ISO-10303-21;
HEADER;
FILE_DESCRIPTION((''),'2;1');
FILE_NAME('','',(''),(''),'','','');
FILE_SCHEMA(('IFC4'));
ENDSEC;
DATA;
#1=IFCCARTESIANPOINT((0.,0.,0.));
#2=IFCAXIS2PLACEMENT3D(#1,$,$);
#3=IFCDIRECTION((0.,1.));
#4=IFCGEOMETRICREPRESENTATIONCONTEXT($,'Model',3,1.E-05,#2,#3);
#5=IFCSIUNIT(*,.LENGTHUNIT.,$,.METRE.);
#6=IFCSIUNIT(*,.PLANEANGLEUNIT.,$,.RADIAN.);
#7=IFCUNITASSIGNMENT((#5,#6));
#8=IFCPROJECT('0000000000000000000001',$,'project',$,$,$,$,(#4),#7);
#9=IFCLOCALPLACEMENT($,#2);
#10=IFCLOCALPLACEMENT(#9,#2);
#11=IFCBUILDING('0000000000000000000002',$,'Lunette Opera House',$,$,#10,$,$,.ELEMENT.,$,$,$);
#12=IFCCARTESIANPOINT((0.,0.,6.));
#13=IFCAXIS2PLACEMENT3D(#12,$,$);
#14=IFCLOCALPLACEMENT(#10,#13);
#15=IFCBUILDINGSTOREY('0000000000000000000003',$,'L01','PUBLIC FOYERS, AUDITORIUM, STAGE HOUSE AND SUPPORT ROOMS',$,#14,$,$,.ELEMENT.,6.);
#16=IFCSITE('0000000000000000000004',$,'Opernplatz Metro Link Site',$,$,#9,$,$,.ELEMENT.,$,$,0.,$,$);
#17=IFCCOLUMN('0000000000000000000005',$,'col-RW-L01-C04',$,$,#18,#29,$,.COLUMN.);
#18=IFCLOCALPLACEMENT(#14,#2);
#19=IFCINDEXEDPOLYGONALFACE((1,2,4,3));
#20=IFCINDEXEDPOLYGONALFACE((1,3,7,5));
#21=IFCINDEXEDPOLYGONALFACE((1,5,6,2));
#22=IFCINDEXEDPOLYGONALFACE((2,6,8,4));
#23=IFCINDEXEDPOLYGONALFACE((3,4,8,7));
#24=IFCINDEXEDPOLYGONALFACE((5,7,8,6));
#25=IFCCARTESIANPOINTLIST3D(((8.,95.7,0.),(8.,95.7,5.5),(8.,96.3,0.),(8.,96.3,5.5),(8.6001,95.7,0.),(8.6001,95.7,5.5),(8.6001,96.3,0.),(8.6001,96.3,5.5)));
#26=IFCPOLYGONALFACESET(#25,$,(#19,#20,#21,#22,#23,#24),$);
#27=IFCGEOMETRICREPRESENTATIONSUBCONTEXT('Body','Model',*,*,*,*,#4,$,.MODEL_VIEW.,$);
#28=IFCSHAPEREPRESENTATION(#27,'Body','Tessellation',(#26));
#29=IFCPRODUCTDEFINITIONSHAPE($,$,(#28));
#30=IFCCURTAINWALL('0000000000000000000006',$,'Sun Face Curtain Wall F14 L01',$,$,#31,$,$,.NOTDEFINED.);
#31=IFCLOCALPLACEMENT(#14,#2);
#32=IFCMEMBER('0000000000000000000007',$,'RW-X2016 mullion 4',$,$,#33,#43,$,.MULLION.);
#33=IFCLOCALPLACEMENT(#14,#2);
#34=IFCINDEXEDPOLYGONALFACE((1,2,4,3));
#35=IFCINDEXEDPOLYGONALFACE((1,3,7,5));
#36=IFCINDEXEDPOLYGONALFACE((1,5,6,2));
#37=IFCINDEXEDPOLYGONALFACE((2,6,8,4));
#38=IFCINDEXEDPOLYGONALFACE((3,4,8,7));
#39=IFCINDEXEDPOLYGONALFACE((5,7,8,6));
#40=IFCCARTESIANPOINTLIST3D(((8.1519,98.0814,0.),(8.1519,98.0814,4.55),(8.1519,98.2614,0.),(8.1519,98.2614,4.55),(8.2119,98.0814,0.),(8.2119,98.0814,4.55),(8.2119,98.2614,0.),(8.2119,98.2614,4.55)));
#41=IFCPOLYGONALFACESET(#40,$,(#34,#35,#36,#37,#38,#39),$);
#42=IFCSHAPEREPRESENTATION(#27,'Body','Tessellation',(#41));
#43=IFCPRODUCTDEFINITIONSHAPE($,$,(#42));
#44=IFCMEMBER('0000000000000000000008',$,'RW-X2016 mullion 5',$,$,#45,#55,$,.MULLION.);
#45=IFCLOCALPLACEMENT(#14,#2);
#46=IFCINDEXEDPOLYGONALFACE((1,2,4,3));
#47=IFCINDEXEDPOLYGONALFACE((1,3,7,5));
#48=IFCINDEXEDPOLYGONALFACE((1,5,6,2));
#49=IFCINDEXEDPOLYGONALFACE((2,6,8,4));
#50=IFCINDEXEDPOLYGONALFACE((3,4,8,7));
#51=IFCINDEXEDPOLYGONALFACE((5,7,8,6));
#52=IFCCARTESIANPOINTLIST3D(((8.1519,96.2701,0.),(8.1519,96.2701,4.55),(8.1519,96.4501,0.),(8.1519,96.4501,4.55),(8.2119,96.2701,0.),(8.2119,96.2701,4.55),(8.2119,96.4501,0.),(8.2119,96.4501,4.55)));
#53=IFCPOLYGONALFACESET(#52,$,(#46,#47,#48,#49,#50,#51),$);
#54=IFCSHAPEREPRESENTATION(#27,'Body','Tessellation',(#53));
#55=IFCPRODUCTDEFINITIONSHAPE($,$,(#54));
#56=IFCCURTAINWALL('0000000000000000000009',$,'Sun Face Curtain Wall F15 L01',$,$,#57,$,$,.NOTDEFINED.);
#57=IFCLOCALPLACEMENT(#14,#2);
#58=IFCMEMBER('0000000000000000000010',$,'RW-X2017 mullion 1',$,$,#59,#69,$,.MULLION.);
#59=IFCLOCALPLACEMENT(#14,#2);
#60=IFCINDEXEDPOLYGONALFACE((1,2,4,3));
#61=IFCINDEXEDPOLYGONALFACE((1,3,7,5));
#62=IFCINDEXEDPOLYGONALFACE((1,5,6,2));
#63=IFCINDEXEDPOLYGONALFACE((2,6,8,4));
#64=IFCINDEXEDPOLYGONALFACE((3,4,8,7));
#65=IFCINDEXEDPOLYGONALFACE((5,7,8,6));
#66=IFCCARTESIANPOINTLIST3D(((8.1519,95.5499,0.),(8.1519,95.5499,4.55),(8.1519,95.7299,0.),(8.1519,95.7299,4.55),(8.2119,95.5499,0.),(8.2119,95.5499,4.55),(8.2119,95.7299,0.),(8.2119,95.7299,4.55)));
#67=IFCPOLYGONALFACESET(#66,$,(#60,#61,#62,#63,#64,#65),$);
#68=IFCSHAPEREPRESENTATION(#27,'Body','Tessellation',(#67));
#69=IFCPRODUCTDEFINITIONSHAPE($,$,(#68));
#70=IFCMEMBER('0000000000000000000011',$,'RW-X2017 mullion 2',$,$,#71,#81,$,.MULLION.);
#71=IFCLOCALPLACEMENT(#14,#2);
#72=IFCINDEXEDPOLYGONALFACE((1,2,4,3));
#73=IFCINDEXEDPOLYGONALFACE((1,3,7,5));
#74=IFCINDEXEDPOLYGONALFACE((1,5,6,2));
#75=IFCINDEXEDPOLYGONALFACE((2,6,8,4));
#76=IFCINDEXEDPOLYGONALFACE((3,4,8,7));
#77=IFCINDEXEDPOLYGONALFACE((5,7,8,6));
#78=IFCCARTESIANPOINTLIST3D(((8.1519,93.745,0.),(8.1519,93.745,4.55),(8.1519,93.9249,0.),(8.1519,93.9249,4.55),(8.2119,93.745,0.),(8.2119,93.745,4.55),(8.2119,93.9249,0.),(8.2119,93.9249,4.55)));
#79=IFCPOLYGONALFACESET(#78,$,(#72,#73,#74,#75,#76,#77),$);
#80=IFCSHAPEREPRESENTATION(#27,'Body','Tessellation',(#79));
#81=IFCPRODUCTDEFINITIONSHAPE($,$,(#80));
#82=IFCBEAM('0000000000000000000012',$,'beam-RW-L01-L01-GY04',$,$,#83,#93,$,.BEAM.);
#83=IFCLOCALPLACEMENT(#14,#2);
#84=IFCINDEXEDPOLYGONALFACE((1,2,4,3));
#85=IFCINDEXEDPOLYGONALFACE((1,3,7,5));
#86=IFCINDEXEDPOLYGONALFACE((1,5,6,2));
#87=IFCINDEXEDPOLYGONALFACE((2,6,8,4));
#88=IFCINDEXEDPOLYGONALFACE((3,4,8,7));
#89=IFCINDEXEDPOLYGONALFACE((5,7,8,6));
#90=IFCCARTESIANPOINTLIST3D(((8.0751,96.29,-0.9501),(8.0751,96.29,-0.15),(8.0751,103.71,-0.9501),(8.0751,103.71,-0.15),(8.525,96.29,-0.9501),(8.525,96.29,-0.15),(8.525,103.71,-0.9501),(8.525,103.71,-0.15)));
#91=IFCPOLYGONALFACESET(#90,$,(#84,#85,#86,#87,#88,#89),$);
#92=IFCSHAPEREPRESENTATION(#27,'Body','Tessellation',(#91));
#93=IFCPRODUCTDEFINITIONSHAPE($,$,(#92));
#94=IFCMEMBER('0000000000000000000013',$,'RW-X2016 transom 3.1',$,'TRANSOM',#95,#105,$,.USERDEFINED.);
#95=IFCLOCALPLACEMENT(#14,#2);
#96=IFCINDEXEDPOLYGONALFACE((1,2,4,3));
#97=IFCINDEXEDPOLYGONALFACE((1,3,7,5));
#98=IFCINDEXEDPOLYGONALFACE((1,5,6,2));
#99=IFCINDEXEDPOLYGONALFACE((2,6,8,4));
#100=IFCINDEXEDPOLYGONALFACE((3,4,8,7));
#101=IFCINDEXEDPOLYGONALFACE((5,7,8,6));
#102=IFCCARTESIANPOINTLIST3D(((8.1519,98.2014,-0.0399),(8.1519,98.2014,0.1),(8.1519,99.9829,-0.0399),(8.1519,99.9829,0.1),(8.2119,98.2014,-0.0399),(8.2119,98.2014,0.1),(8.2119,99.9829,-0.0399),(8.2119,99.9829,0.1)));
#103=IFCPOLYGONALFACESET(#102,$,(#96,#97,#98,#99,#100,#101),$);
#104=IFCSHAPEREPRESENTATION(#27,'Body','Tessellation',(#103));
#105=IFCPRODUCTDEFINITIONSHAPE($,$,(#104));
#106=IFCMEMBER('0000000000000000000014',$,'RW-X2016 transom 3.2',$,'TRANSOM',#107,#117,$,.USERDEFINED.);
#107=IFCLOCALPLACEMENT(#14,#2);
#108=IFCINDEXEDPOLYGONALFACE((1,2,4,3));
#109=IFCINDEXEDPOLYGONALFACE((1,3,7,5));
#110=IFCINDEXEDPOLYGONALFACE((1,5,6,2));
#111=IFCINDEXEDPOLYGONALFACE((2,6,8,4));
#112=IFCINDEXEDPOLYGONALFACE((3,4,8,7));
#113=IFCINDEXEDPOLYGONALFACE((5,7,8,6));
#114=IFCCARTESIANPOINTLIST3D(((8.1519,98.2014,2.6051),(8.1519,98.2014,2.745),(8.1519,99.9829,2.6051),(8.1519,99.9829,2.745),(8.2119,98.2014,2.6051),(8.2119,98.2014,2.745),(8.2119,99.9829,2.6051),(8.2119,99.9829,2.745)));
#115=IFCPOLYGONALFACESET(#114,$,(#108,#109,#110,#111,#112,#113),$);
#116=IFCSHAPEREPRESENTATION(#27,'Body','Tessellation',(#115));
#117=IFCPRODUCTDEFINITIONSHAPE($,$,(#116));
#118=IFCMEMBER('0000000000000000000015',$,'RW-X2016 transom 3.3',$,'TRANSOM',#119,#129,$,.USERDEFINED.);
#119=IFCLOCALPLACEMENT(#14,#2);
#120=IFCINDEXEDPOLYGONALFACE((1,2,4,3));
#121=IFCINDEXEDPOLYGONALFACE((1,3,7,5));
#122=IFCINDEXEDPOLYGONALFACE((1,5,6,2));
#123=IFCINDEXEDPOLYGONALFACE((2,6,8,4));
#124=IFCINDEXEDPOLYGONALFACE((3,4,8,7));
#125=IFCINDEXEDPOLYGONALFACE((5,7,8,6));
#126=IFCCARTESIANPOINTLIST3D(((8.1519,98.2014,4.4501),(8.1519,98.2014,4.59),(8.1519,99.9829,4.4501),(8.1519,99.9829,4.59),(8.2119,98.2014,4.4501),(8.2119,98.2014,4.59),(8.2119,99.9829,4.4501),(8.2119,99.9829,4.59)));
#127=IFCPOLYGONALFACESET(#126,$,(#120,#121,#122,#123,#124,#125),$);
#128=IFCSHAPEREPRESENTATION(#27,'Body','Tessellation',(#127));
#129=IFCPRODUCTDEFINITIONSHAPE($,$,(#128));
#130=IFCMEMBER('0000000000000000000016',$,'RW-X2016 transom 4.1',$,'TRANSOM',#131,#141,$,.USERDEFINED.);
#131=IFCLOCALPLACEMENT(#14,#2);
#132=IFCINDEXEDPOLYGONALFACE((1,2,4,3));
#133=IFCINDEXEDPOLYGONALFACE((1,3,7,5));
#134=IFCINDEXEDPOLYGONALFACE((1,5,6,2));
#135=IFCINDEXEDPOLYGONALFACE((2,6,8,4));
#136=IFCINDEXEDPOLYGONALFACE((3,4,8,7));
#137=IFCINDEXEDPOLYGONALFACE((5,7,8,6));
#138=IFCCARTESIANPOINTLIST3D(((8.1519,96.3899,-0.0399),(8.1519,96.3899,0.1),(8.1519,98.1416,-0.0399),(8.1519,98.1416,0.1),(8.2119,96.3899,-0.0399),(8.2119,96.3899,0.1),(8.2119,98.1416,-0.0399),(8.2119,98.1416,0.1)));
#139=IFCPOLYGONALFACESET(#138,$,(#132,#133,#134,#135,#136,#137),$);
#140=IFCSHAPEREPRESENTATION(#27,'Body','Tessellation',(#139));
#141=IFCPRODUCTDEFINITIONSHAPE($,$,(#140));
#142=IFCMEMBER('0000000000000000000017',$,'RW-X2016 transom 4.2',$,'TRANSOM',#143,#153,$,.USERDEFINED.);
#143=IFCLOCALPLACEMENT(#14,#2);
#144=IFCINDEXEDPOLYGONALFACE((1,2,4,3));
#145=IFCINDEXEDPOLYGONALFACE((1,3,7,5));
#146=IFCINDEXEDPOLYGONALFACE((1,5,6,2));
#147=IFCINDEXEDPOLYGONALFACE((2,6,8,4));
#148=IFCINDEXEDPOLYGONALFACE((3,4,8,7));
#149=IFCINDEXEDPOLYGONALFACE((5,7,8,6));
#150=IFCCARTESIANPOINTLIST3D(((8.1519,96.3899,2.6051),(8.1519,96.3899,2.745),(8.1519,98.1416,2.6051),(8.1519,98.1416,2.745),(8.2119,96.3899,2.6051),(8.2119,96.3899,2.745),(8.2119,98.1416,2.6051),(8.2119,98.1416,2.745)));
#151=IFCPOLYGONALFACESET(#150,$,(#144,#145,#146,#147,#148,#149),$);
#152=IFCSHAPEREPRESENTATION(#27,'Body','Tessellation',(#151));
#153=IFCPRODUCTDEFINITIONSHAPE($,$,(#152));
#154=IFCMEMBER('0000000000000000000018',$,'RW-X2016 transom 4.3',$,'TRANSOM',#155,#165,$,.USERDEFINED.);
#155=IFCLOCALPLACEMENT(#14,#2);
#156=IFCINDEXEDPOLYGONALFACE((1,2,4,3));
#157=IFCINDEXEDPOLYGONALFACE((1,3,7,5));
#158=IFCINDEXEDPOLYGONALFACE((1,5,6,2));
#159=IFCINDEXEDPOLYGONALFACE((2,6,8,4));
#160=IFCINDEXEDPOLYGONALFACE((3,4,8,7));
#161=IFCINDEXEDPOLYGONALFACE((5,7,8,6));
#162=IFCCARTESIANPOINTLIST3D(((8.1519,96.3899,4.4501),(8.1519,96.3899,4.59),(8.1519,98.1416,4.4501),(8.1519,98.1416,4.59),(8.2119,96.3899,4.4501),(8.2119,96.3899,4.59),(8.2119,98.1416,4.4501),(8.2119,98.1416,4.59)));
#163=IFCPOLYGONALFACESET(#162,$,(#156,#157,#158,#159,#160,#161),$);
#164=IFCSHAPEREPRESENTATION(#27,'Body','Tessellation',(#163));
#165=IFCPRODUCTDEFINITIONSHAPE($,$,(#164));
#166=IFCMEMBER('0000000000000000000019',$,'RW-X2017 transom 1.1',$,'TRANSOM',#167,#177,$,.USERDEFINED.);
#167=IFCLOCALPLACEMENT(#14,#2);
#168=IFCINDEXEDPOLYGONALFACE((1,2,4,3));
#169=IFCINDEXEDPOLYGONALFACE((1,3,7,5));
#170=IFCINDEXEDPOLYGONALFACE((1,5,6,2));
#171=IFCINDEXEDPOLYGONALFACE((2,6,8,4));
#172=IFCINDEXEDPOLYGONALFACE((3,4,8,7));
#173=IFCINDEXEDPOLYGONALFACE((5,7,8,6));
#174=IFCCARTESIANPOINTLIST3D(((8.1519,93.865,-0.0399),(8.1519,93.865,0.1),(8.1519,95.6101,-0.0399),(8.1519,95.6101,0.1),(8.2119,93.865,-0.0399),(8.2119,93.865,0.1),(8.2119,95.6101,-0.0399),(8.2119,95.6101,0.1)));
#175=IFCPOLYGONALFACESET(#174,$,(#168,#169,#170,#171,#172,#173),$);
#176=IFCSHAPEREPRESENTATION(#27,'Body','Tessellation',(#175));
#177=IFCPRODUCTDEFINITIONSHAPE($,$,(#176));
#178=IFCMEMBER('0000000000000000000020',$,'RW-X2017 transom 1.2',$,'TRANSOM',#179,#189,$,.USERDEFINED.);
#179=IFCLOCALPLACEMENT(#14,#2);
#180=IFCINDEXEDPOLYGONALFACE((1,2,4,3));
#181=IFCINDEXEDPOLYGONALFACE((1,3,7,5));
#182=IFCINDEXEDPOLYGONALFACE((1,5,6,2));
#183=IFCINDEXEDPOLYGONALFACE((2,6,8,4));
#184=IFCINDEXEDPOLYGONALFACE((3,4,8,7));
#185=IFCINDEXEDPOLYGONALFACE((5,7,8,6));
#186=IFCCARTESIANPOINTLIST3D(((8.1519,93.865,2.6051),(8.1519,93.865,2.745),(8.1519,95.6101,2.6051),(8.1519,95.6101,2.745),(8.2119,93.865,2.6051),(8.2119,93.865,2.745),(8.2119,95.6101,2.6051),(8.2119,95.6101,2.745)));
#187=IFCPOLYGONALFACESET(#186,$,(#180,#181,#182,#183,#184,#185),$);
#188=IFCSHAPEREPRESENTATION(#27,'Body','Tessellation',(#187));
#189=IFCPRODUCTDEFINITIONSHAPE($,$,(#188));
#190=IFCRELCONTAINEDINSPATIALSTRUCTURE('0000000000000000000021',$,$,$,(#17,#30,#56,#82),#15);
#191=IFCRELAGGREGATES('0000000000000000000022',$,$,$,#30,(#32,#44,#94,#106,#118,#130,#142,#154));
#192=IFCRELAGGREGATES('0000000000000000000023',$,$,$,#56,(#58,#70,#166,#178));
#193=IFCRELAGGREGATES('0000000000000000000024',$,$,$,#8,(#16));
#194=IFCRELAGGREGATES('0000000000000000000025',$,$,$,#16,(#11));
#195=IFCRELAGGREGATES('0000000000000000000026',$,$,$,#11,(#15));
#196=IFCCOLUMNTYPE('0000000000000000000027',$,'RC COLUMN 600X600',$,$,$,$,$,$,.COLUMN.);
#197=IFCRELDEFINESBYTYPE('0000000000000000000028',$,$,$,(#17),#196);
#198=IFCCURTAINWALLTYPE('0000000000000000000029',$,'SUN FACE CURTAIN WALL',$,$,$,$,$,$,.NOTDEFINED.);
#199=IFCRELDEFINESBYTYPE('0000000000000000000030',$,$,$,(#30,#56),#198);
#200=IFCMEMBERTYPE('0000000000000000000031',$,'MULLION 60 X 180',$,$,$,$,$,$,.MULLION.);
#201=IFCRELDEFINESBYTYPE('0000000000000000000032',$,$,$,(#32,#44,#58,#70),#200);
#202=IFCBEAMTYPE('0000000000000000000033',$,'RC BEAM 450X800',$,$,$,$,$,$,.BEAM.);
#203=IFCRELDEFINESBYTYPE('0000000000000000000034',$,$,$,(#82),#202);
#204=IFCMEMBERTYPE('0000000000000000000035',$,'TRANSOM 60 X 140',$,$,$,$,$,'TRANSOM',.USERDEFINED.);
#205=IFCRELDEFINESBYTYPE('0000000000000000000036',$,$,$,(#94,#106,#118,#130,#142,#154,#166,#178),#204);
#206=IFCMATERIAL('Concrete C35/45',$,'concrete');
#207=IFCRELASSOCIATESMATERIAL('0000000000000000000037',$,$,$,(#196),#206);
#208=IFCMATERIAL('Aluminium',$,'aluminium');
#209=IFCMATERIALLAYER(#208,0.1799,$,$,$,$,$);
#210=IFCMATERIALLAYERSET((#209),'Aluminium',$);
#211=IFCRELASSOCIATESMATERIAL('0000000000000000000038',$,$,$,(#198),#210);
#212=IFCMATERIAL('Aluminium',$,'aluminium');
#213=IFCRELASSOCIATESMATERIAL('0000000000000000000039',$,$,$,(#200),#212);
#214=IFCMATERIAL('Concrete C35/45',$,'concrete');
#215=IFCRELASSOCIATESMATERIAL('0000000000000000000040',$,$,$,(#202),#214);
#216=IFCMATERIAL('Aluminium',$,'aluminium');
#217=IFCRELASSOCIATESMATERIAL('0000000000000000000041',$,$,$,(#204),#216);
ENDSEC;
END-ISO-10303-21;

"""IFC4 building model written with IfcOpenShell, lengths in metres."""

from ifc_helpers import new_model, si_unit, direction, frame, origin, origin_2d, place, context, subcontext, project, spatial, rectangle, extrude, material, layer, layer_set, material_profile, profile_set, type_object, element, aggregate, save


model = new_model("IFC4")

# Units and contexts
model_context = context("Model", 3, precision=1e-05, world=origin(), true_north=direction((0.0, 1.0)))
body_context = subcontext(model_context, "Body", "Model", "MODEL_VIEW")
ifc_project = project(units=[si_unit("LENGTHUNIT", "METRE"), si_unit("PLANEANGLEUNIT", "RADIAN")], contexts=[model_context])

# Site, building, storey
site_placement = place(None, origin())
site = spatial("IfcSite", under=ifc_project, at=site_placement, Name="Opernplatz Metro Link Site", CompositionType="ELEMENT", RefElevation=0.0)
building_placement = place(site_placement, origin())
building = spatial("IfcBuilding", under=site, at=building_placement, Name="Lunette Opera House", CompositionType="ELEMENT")
storey_placement = place(building_placement, frame((0.0, 0.0, 6.0)))
storey = spatial("IfcBuildingStorey", under=building, at=storey_placement, Name="L01", Description="PUBLIC FOYERS, AUDITORIUM, STAGE HOUSE AND SUPPORT ROOMS", CompositionType="ELEMENT", Elevation=6.0)

# Column
ifc_material_1 = material(Name="Concrete C35/45", Category="concrete")
ifc_material_profile_1 = material_profile(ifc_material_1, rectangle(XDim=0.6001, YDim=0.6001, at=origin_2d()), Name="RC COLUMN 600X600")
ifc_profile_set_1 = profile_set([ifc_material_profile_1], Name="Concrete C35/45")
column_type = type_object("IfcColumnType", Name="RC COLUMN 600X600", PredefinedType="COLUMN", material=ifc_profile_set_1)
column_placement = place(storey_placement, frame((8.3, 96.0, 0.0), z_axis=(0.0, 0.0, 1.0), x_axis=(1.0, 0.0, 0.0)))
element("IfcColumn", 1, at=column_placement, inside=storey, type_object=column_type, Name="col-RW-L01-C04", PredefinedType="COLUMN", context=body_context, shape_type="SweptSolid", body=[
    extrude(rectangle(XDim=0.6001, YDim=0.6001, at=origin_2d()), origin(), (0.0, 0.0, 1.0), 5.5),
])

# Curtain walls, members
ifc_material_2 = material(Name="Aluminium", Category="aluminium")
ifc_layer_1 = layer(ifc_material_2, 0.1799)
ifc_layer_set_1 = layer_set([ifc_layer_1], Name="Aluminium")
curtain_wall_type = type_object("IfcCurtainWallType", Name="SUN FACE CURTAIN WALL", PredefinedType="NOTDEFINED", material=ifc_layer_set_1)
curtain_wall_1_placement = place(storey_placement, origin())
curtain_wall_1 = element("IfcCurtainWall", 2, at=curtain_wall_1_placement, inside=storey, type_object=curtain_wall_type, Name="Sun Face Curtain Wall F14 L01", PredefinedType="NOTDEFINED")
ifc_material_3 = material(Name="Aluminium", Category="aluminium")
ifc_material_profile_2 = material_profile(ifc_material_3, rectangle(XDim=0.0601, YDim=0.1799, at=origin_2d()), Name="MULLION 60 X 180")
ifc_profile_set_2 = profile_set([ifc_material_profile_2], Name="Aluminium")
member_type_1 = type_object("IfcMemberType", Name="MULLION 60 X 180", PredefinedType="MULLION", material=ifc_profile_set_2)
member_1_placement = place(storey_placement, frame((8.1819, 98.1714, 0.0), z_axis=(0.0, 0.0, 1.0), x_axis=(1.0, 0.0, 0.0)))
member_1 = element("IfcMember", 3, at=member_1_placement, type_object=member_type_1, Name="RW-X2016 mullion 4", PredefinedType="MULLION", context=body_context, shape_type="SweptSolid", body=[
    extrude(rectangle(XDim=0.0601, YDim=0.1799, at=origin_2d()), origin(), (0.0, 0.0, 1.0), 4.55),
])
member_2_placement = place(storey_placement, frame((8.1819, 96.3601, 0.0), z_axis=(0.0, 0.0, 1.0), x_axis=(1.0, 0.0, 0.0)))
member_2 = element("IfcMember", 4, at=member_2_placement, type_object=member_type_1, Name="RW-X2016 mullion 5", PredefinedType="MULLION", context=body_context, shape_type="SweptSolid", body=[
    extrude(rectangle(XDim=0.0601, YDim=0.1799, at=origin_2d()), origin(), (0.0, 0.0, 1.0), 4.55),
])
curtain_wall_2_placement = place(storey_placement, origin())
curtain_wall_2 = element("IfcCurtainWall", 5, at=curtain_wall_2_placement, inside=storey, type_object=curtain_wall_type, Name="Sun Face Curtain Wall F15 L01", PredefinedType="NOTDEFINED")
member_3_placement = place(storey_placement, frame((8.1819, 95.6399, 0.0), z_axis=(0.0, 0.0, 1.0), x_axis=(1.0, 0.0, 0.0)))
member_3 = element("IfcMember", 6, at=member_3_placement, type_object=member_type_1, Name="RW-X2017 mullion 1", PredefinedType="MULLION", context=body_context, shape_type="SweptSolid", body=[
    extrude(rectangle(XDim=0.0601, YDim=0.1799, at=origin_2d()), origin(), (0.0, 0.0, 1.0), 4.55),
])
member_4_placement = place(storey_placement, frame((8.1819, 93.835, 0.0), z_axis=(0.0, 0.0, 1.0), x_axis=(1.0, 0.0, 0.0)))
member_4 = element("IfcMember", 7, at=member_4_placement, type_object=member_type_1, Name="RW-X2017 mullion 2", PredefinedType="MULLION", context=body_context, shape_type="SweptSolid", body=[
    extrude(rectangle(XDim=0.0601, YDim=0.1799, at=origin_2d()), origin(), (0.0, 0.0, 1.0), 4.55),
])

# Beam
ifc_material_4 = material(Name="Concrete C35/45", Category="concrete")
ifc_material_profile_3 = material_profile(ifc_material_4, rectangle(XDim=0.45, YDim=0.8, at=origin_2d()), Name="RC BEAM 450X800")
ifc_profile_set_3 = profile_set([ifc_material_profile_3], Name="Concrete C35/45")
beam_type = type_object("IfcBeamType", Name="RC BEAM 450X800", PredefinedType="BEAM", material=ifc_profile_set_3)
beam_placement = place(storey_placement, frame((8.3, 96.29, -0.55), z_axis=(0.0, 1.0, 0.0), x_axis=(-1.0, 0.0, 0.0)))
element("IfcBeam", 8, at=beam_placement, inside=storey, type_object=beam_type, Name="beam-RW-L01-L01-GY04", PredefinedType="BEAM", context=body_context, shape_type="SweptSolid", body=[
    extrude(rectangle(XDim=0.45, YDim=0.8, at=origin_2d()), origin(), (0.0, 0.0, 1.0), 7.4199),
])

# Members
ifc_material_5 = material(Name="Aluminium", Category="aluminium")
ifc_material_profile_4 = material_profile(ifc_material_5, rectangle(XDim=0.0601, YDim=0.1399, at=origin_2d()), Name="TRANSOM 60 X 140")
ifc_profile_set_4 = profile_set([ifc_material_profile_4], Name="Aluminium")
member_type_2 = type_object("IfcMemberType", Name="TRANSOM 60 X 140", ElementType="TRANSOM", PredefinedType="USERDEFINED", material=ifc_profile_set_4)
member_5_placement = place(storey_placement, frame((8.1819, 99.9829, 0.03), z_axis=(0.0, -1.0, 0.0), x_axis=(1.0, 0.0, 0.0)))
member_5 = element("IfcMember", 9, at=member_5_placement, type_object=member_type_2, Name="RW-X2016 transom 3.1", ObjectType="TRANSOM", PredefinedType="USERDEFINED", context=body_context, shape_type="SweptSolid", body=[
    extrude(rectangle(XDim=0.0601, YDim=0.1399, at=origin_2d()), origin(), (0.0, 0.0, 1.0), 1.7815),
])
member_6_placement = place(storey_placement, frame((8.1819, 99.9829, 2.675), z_axis=(0.0, -1.0, 0.0), x_axis=(1.0, 0.0, 0.0)))
member_6 = element("IfcMember", 10, at=member_6_placement, type_object=member_type_2, Name="RW-X2016 transom 3.2", ObjectType="TRANSOM", PredefinedType="USERDEFINED", context=body_context, shape_type="SweptSolid", body=[
    extrude(rectangle(XDim=0.0601, YDim=0.1399, at=origin_2d()), origin(), (0.0, 0.0, 1.0), 1.7815),
])
member_7_placement = place(storey_placement, frame((8.1819, 99.9829, 4.52), z_axis=(0.0, -1.0, 0.0), x_axis=(1.0, 0.0, 0.0)))
member_7 = element("IfcMember", 11, at=member_7_placement, type_object=member_type_2, Name="RW-X2016 transom 3.3", ObjectType="TRANSOM", PredefinedType="USERDEFINED", context=body_context, shape_type="SweptSolid", body=[
    extrude(rectangle(XDim=0.0601, YDim=0.1399, at=origin_2d()), origin(), (0.0, 0.0, 1.0), 1.7815),
])
member_8_placement = place(storey_placement, frame((8.1819, 98.1416, 0.03), z_axis=(0.0, -1.0, 0.0), x_axis=(1.0, 0.0, 0.0)))
member_8 = element("IfcMember", 12, at=member_8_placement, type_object=member_type_2, Name="RW-X2016 transom 4.1", ObjectType="TRANSOM", PredefinedType="USERDEFINED", context=body_context, shape_type="SweptSolid", body=[
    extrude(rectangle(XDim=0.0601, YDim=0.1399, at=origin_2d()), origin(), (0.0, 0.0, 1.0), 1.7517),
])
member_9_placement = place(storey_placement, frame((8.1819, 98.1416, 2.675), z_axis=(0.0, -1.0, 0.0), x_axis=(1.0, 0.0, 0.0)))
member_9 = element("IfcMember", 13, at=member_9_placement, type_object=member_type_2, Name="RW-X2016 transom 4.2", ObjectType="TRANSOM", PredefinedType="USERDEFINED", context=body_context, shape_type="SweptSolid", body=[
    extrude(rectangle(XDim=0.0601, YDim=0.1399, at=origin_2d()), origin(), (0.0, 0.0, 1.0), 1.7517),
])
member_10_placement = place(storey_placement, frame((8.1819, 98.1416, 4.52), z_axis=(0.0, -1.0, 0.0), x_axis=(1.0, 0.0, 0.0)))
member_10 = element("IfcMember", 14, at=member_10_placement, type_object=member_type_2, Name="RW-X2016 transom 4.3", ObjectType="TRANSOM", PredefinedType="USERDEFINED", context=body_context, shape_type="SweptSolid", body=[
    extrude(rectangle(XDim=0.0601, YDim=0.1399, at=origin_2d()), origin(), (0.0, 0.0, 1.0), 1.7517),
])
member_11_placement = place(storey_placement, frame((8.1819, 95.6101, 0.03), z_axis=(0.0, -1.0, 0.0), x_axis=(1.0, 0.0, 0.0)))
member_11 = element("IfcMember", 15, at=member_11_placement, type_object=member_type_2, Name="RW-X2017 transom 1.1", ObjectType="TRANSOM", PredefinedType="USERDEFINED", context=body_context, shape_type="SweptSolid", body=[
    extrude(rectangle(XDim=0.0601, YDim=0.1399, at=origin_2d()), origin(), (0.0, 0.0, 1.0), 1.7451),
])
member_12_placement = place(storey_placement, frame((8.1819, 95.6101, 2.675), z_axis=(0.0, -1.0, 0.0), x_axis=(1.0, 0.0, 0.0)))
member_12 = element("IfcMember", 16, at=member_12_placement, type_object=member_type_2, Name="RW-X2017 transom 1.2", ObjectType="TRANSOM", PredefinedType="USERDEFINED", context=body_context, shape_type="SweptSolid", body=[
    extrude(rectangle(XDim=0.0601, YDim=0.1399, at=origin_2d()), origin(), (0.0, 0.0, 1.0), 1.7451),
])

aggregate(curtain_wall_1, [member_1, member_2, member_5, member_6, member_7, member_8, member_9, member_10])
aggregate(curtain_wall_2, [member_3, member_4, member_11, member_12])

save(model, "model.ifc")
